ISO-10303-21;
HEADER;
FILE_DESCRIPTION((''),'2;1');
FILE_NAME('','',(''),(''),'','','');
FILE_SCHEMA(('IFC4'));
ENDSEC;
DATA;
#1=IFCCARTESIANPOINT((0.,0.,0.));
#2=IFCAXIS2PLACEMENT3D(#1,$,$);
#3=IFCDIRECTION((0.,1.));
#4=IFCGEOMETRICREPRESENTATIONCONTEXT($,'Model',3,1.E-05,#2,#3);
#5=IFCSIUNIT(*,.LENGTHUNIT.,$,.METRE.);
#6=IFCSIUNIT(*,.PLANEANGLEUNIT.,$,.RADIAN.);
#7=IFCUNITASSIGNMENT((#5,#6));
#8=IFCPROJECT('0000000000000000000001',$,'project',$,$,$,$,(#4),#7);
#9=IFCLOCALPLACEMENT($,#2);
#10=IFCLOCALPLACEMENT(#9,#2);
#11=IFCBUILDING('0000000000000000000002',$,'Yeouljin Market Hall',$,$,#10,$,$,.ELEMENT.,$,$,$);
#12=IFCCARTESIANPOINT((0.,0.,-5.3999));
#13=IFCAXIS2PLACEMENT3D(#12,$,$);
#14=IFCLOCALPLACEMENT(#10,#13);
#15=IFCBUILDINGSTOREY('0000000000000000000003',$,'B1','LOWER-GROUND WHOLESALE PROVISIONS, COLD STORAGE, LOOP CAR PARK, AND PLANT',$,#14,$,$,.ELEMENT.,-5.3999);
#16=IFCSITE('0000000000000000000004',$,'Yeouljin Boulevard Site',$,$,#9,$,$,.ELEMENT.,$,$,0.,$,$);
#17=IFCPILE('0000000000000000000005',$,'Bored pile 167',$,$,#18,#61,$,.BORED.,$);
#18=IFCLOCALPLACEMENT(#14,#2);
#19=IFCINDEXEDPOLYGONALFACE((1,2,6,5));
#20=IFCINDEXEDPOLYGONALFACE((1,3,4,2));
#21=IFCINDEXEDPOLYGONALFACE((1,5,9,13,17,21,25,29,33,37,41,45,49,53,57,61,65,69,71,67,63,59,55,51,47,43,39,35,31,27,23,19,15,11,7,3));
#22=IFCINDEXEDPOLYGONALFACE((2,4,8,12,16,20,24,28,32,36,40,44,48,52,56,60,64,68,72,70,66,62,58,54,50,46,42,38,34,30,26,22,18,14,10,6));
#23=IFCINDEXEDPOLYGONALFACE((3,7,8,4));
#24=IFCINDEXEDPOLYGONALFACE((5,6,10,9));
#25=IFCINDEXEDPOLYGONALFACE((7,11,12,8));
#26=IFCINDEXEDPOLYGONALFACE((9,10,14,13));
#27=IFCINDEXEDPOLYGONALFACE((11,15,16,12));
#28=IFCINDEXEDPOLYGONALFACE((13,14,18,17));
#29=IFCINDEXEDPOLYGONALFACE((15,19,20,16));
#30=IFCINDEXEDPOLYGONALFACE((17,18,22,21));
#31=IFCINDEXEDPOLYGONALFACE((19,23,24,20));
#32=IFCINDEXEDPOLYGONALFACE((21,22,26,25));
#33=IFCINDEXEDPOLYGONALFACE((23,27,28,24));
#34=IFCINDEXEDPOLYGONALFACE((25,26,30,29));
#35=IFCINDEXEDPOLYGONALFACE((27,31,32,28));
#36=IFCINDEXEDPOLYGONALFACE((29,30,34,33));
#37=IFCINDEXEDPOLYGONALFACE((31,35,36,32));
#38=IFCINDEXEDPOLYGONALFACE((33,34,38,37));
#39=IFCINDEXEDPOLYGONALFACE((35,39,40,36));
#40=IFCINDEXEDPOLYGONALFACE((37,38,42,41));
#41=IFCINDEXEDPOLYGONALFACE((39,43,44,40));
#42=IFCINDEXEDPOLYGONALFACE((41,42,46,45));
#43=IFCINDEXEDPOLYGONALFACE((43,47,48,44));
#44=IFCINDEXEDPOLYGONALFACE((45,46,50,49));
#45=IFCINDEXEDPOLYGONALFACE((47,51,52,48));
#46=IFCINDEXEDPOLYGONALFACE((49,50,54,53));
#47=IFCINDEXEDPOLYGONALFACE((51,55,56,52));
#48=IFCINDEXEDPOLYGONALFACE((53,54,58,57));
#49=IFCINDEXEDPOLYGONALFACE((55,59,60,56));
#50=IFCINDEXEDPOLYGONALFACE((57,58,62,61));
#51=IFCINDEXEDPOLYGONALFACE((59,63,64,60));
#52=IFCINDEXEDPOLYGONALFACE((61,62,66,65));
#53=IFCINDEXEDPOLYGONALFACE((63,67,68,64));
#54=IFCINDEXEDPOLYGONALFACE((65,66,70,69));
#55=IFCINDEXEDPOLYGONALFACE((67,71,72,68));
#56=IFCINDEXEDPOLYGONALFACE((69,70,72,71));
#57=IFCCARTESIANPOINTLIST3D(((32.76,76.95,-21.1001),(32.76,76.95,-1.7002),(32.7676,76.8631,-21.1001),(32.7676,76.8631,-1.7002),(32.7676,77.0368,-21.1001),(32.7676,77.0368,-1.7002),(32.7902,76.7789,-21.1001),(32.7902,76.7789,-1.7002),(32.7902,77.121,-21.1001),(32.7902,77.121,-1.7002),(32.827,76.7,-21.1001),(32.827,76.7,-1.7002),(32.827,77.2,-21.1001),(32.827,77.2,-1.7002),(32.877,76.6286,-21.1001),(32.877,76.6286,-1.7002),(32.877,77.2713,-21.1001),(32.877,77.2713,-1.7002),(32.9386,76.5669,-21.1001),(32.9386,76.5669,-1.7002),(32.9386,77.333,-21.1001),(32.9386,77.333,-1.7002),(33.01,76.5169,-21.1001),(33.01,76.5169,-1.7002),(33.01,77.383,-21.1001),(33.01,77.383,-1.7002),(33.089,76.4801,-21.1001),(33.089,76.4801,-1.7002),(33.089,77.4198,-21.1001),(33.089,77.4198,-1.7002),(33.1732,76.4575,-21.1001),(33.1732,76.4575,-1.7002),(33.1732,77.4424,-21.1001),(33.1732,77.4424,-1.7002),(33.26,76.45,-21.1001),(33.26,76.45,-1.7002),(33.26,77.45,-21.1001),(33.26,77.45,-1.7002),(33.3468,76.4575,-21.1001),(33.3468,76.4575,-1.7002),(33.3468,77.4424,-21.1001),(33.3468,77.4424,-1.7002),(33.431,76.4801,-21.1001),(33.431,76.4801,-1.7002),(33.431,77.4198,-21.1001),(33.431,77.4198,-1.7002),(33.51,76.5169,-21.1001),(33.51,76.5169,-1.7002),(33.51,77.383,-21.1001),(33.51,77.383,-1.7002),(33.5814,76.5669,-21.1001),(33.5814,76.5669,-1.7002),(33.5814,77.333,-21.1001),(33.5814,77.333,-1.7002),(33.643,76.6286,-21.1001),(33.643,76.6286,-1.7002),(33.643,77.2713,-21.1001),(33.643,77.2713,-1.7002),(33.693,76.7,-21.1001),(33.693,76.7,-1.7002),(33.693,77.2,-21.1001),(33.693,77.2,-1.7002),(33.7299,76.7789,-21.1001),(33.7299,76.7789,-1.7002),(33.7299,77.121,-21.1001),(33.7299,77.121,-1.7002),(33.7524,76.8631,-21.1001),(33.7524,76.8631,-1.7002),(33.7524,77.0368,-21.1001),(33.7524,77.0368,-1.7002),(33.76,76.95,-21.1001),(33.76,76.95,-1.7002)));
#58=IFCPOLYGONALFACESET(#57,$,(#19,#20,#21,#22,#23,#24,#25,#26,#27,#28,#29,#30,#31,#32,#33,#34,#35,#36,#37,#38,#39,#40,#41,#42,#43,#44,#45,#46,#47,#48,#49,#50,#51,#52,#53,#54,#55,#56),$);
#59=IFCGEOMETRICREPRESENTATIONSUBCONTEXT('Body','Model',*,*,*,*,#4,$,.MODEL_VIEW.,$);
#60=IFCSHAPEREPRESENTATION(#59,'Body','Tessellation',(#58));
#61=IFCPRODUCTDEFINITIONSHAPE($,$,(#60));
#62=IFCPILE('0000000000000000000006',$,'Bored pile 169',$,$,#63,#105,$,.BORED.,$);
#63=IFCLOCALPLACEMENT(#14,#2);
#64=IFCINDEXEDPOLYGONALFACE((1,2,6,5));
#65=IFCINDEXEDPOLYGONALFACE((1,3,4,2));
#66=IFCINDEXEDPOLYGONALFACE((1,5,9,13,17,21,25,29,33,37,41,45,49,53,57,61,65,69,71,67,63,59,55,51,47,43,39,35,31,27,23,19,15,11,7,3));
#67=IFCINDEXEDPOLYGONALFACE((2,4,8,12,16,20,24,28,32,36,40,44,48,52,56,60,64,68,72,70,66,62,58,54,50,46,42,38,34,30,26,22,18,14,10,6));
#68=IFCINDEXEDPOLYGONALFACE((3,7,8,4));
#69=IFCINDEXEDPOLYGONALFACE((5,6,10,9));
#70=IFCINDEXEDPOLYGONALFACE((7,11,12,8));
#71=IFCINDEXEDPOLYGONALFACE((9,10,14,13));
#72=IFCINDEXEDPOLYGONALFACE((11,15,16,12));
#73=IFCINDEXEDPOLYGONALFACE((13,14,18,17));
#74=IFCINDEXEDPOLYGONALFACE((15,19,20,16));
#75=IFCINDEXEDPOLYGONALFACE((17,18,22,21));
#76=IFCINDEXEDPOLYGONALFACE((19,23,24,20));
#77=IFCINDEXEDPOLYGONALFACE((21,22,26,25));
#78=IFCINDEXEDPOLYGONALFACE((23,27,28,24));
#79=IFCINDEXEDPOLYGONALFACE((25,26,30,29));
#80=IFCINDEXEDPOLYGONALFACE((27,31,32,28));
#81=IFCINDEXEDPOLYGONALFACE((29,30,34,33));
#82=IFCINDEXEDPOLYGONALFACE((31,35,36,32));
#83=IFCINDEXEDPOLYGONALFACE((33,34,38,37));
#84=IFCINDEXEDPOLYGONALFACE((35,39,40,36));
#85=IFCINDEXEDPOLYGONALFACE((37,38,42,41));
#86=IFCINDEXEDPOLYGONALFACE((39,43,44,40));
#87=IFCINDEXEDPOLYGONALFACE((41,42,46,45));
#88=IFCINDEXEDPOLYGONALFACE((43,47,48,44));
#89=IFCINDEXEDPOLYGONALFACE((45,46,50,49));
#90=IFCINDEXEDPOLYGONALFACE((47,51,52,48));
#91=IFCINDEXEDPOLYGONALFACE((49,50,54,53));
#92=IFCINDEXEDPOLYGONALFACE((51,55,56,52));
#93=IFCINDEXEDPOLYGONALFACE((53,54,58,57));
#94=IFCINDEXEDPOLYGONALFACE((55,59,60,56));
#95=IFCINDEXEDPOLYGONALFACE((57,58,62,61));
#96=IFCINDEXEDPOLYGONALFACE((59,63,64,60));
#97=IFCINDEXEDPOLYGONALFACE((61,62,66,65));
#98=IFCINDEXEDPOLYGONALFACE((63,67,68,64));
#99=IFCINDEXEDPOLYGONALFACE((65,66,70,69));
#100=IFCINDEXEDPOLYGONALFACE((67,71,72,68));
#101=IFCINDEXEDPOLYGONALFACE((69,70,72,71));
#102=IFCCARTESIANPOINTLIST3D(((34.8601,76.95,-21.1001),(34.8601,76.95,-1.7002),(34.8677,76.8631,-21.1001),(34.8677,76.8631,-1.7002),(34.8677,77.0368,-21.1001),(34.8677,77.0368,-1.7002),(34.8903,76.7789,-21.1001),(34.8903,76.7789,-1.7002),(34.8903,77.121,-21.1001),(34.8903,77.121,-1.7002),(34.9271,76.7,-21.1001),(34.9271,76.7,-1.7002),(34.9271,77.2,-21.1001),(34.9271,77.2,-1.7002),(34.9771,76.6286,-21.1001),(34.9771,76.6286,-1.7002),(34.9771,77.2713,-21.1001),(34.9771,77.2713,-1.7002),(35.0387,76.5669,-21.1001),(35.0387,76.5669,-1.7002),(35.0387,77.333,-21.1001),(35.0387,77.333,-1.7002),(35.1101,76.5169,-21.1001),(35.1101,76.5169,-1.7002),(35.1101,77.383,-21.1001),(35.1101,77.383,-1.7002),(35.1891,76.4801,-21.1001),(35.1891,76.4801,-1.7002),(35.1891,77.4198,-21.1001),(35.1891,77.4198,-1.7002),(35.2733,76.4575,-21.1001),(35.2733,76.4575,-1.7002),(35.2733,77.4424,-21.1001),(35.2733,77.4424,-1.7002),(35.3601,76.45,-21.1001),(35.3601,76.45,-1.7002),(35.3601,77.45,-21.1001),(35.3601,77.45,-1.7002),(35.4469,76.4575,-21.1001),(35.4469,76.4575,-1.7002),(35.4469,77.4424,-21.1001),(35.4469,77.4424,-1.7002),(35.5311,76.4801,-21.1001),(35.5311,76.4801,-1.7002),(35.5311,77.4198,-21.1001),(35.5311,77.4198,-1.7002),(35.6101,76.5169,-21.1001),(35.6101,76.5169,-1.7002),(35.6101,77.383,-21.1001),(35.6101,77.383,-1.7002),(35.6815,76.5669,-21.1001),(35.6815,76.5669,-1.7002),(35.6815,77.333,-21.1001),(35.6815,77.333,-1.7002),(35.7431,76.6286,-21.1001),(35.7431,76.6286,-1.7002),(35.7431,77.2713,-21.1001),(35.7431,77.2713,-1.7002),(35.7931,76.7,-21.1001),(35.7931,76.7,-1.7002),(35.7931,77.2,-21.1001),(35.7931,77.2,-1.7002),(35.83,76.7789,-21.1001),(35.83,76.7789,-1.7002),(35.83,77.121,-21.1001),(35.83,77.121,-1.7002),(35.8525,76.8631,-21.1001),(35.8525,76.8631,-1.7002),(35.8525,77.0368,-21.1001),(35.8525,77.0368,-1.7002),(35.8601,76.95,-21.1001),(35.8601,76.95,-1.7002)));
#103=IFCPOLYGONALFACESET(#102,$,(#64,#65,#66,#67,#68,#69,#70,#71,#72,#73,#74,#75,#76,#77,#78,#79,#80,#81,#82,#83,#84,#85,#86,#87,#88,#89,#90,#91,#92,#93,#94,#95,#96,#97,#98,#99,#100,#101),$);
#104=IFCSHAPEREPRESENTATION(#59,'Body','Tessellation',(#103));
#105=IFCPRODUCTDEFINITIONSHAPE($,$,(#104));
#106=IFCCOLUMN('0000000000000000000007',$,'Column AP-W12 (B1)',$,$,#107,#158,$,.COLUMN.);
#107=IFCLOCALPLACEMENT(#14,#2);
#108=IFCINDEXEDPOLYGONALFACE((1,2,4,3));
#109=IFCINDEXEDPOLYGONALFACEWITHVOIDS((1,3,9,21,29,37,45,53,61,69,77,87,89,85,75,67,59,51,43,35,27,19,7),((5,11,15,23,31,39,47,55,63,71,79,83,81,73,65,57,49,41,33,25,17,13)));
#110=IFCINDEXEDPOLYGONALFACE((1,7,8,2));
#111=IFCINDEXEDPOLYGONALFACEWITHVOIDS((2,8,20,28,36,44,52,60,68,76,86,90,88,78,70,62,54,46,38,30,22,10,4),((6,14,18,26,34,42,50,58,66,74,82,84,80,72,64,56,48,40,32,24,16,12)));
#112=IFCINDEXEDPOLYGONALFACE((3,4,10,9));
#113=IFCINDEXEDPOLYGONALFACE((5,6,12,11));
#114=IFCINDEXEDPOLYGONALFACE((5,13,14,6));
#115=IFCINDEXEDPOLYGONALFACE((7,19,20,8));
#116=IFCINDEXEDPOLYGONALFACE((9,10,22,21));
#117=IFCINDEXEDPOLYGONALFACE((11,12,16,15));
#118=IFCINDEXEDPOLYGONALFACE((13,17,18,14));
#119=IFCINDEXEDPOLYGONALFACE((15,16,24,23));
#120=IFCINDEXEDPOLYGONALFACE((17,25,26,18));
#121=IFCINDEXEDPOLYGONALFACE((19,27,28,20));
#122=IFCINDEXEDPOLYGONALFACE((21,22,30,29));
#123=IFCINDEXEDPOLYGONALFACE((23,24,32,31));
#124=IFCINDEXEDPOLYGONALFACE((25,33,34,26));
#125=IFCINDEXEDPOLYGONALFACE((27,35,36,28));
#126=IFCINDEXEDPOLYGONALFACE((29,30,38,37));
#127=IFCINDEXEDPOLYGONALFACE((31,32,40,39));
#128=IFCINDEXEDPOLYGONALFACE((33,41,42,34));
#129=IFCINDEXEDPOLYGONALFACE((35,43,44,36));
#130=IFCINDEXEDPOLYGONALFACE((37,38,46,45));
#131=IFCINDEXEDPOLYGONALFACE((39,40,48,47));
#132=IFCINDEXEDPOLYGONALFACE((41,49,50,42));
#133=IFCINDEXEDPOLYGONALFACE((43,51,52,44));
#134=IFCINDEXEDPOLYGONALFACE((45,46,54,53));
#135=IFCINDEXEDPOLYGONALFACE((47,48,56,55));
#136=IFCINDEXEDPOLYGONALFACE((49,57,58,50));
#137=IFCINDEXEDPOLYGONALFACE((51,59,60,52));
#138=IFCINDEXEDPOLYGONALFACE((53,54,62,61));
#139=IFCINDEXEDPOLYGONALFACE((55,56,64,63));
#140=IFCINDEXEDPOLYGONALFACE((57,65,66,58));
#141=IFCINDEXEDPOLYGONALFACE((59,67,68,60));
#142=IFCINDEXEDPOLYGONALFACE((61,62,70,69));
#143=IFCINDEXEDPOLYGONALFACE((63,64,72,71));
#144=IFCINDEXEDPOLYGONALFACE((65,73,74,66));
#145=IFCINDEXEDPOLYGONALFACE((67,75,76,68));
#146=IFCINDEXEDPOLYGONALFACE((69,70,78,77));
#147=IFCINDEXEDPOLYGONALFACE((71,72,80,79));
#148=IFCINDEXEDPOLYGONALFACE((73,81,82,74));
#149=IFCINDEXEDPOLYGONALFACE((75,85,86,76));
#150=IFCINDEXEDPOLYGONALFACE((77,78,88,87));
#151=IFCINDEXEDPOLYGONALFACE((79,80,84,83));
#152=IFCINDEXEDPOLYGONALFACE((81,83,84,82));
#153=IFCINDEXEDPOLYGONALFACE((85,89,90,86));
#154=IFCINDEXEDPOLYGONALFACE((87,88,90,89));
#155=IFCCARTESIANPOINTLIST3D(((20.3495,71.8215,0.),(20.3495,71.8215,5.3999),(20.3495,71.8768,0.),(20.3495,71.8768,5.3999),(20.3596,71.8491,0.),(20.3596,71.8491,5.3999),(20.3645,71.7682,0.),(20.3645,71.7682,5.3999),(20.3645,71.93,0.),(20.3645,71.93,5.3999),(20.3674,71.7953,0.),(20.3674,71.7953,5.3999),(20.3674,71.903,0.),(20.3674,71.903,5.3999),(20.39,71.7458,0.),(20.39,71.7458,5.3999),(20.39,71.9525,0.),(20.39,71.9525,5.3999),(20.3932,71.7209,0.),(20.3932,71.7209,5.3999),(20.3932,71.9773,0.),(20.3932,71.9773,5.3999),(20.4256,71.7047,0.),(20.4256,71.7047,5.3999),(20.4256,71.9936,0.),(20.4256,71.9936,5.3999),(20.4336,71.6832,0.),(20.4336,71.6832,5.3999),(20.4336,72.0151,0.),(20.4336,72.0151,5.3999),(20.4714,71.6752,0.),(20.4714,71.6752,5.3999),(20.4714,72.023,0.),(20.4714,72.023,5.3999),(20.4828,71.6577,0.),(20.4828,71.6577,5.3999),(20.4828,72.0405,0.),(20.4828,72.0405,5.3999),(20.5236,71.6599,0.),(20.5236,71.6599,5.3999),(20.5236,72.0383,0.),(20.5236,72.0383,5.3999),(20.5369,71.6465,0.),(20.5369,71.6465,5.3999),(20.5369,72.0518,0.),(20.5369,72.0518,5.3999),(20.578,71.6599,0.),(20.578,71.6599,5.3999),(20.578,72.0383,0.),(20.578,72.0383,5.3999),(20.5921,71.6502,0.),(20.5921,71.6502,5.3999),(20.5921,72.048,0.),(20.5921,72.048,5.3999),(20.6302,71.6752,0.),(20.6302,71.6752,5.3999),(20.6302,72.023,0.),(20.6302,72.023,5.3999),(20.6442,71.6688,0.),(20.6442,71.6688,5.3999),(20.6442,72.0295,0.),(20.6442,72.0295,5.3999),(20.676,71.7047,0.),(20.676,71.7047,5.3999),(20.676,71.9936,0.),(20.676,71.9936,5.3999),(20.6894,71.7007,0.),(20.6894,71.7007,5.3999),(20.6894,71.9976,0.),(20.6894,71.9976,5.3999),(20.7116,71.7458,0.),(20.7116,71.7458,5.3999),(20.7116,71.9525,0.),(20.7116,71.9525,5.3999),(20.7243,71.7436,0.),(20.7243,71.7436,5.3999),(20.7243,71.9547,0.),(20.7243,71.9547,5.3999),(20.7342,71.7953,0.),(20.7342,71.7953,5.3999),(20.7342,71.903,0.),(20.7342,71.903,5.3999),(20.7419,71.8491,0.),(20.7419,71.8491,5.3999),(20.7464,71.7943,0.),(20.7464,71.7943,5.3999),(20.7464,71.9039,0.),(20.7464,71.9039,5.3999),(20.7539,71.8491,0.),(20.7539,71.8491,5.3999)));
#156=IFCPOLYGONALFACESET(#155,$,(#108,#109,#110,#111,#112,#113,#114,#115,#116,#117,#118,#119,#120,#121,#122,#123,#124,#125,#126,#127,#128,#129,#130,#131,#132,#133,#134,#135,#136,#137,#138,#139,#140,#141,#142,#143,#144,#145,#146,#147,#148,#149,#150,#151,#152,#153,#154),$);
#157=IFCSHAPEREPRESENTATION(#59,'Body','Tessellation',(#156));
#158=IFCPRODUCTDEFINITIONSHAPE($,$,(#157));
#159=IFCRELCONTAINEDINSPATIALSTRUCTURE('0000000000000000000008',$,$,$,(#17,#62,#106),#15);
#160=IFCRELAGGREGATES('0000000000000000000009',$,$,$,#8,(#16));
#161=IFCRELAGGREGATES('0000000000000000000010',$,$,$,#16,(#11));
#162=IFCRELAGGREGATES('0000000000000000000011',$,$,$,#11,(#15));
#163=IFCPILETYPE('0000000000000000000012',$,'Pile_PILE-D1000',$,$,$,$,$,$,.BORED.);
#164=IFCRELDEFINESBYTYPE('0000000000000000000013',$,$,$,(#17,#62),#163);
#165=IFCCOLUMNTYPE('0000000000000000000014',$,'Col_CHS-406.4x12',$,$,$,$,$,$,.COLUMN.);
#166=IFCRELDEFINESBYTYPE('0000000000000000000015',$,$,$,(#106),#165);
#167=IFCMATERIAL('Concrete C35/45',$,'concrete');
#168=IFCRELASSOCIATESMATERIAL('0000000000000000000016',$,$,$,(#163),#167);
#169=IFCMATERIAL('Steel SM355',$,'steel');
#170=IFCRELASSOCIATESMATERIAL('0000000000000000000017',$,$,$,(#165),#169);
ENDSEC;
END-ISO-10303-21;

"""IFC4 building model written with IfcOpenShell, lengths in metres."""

from ifc_helpers import new_model, si_unit, direction, frame, origin, origin_2d, place, context, subcontext, project, spatial, circle, hollow_circle, extrude, material, material_profile, profile_set, type_object, element, save


model = new_model("IFC4")

# Units and contexts
model_context = context("Model", 3, precision=1e-05, world=origin(), true_north=direction((0.0, 1.0)))
body_context = subcontext(model_context, "Body", "Model", "MODEL_VIEW")
ifc_project = project(units=[si_unit("LENGTHUNIT", "METRE"), si_unit("PLANEANGLEUNIT", "RADIAN")], contexts=[model_context])

# Site, building, storey
site_placement = place(None, origin())
site = spatial("IfcSite", under=ifc_project, at=site_placement, Name="Yeouljin Boulevard Site", CompositionType="ELEMENT", RefElevation=0.0)
building_placement = place(site_placement, origin())
building = spatial("IfcBuilding", under=site, at=building_placement, Name="Yeouljin Market Hall", CompositionType="ELEMENT")
storey_placement = place(building_placement, frame((0.0, 0.0, -5.3999)))
storey = spatial("IfcBuildingStorey", under=building, at=storey_placement, Name="B1", Description="LOWER-GROUND WHOLESALE PROVISIONS, COLD STORAGE, LOOP CAR PARK, AND PLANT", CompositionType="ELEMENT", Elevation=-5.3999)

# Piles
ifc_material_1 = material(Name="Concrete C35/45", Category="concrete")
ifc_material_profile_1 = material_profile(ifc_material_1, circle(Radius=0.5, at=origin_2d()), Name="PILE-D1000")
ifc_profile_set_1 = profile_set([ifc_material_profile_1], Name="Concrete C35/45")
pile_type = type_object("IfcPileType", Name="Pile_PILE-D1000", PredefinedType="BORED", material=ifc_profile_set_1)
for number, where, z_axis, x_axis, name in (
    (1, (33.26, 76.95, -1.7002), (0.0, 0.0, -1.0), (1.0, 0.0, 0.0), "Bored pile 167"),
    (2, (35.3601, 76.95, -1.7002), (0.0, 0.0, -1.0), (1.0, 0.0, 0.0), "Bored pile 169"),
):
    element("IfcPile", number, at=place(storey_placement, frame(where, z_axis=z_axis, x_axis=x_axis)), inside=storey, type_object=pile_type, Name=name, PredefinedType="BORED", context=body_context, shape_type="SweptSolid", body=[
        extrude(circle(Radius=0.5, at=origin_2d()), origin(), (0.0, 0.0, 1.0), 19.3999),
    ])

# Column
ifc_material_2 = material(Name="Steel SM355", Category="steel")
ifc_material_profile_2 = material_profile(ifc_material_2, hollow_circle(Radius=0.2031, WallThickness=0.012, at=origin_2d()), Name="CHS-406.4x12")
ifc_profile_set_2 = profile_set([ifc_material_profile_2], Name="Steel SM355")
column_type_1 = type_object("IfcColumnType", Name="Col_CHS-406.4x12", PredefinedType="COLUMN", material=ifc_profile_set_2)
for number, where, z_axis, x_axis, name in (
    (3, (20.5508, 71.8491, 0.0), (0.0, 0.0, 1.0), (1.0, 0.0, 0.0), "Column AP-W12 (B1)"),
):
    element("IfcColumn", number, at=place(storey_placement, frame(where, z_axis=z_axis, x_axis=x_axis)), inside=storey, type_object=column_type_1, Name=name, PredefinedType="COLUMN", context=body_context, shape_type="SweptSolid", body=[
        extrude(hollow_circle(Radius=0.2031, WallThickness=0.012, at=origin_2d()), origin(), (0.0, 0.0, 1.0), 5.3999),
    ])

save(model, "model.ifc")
